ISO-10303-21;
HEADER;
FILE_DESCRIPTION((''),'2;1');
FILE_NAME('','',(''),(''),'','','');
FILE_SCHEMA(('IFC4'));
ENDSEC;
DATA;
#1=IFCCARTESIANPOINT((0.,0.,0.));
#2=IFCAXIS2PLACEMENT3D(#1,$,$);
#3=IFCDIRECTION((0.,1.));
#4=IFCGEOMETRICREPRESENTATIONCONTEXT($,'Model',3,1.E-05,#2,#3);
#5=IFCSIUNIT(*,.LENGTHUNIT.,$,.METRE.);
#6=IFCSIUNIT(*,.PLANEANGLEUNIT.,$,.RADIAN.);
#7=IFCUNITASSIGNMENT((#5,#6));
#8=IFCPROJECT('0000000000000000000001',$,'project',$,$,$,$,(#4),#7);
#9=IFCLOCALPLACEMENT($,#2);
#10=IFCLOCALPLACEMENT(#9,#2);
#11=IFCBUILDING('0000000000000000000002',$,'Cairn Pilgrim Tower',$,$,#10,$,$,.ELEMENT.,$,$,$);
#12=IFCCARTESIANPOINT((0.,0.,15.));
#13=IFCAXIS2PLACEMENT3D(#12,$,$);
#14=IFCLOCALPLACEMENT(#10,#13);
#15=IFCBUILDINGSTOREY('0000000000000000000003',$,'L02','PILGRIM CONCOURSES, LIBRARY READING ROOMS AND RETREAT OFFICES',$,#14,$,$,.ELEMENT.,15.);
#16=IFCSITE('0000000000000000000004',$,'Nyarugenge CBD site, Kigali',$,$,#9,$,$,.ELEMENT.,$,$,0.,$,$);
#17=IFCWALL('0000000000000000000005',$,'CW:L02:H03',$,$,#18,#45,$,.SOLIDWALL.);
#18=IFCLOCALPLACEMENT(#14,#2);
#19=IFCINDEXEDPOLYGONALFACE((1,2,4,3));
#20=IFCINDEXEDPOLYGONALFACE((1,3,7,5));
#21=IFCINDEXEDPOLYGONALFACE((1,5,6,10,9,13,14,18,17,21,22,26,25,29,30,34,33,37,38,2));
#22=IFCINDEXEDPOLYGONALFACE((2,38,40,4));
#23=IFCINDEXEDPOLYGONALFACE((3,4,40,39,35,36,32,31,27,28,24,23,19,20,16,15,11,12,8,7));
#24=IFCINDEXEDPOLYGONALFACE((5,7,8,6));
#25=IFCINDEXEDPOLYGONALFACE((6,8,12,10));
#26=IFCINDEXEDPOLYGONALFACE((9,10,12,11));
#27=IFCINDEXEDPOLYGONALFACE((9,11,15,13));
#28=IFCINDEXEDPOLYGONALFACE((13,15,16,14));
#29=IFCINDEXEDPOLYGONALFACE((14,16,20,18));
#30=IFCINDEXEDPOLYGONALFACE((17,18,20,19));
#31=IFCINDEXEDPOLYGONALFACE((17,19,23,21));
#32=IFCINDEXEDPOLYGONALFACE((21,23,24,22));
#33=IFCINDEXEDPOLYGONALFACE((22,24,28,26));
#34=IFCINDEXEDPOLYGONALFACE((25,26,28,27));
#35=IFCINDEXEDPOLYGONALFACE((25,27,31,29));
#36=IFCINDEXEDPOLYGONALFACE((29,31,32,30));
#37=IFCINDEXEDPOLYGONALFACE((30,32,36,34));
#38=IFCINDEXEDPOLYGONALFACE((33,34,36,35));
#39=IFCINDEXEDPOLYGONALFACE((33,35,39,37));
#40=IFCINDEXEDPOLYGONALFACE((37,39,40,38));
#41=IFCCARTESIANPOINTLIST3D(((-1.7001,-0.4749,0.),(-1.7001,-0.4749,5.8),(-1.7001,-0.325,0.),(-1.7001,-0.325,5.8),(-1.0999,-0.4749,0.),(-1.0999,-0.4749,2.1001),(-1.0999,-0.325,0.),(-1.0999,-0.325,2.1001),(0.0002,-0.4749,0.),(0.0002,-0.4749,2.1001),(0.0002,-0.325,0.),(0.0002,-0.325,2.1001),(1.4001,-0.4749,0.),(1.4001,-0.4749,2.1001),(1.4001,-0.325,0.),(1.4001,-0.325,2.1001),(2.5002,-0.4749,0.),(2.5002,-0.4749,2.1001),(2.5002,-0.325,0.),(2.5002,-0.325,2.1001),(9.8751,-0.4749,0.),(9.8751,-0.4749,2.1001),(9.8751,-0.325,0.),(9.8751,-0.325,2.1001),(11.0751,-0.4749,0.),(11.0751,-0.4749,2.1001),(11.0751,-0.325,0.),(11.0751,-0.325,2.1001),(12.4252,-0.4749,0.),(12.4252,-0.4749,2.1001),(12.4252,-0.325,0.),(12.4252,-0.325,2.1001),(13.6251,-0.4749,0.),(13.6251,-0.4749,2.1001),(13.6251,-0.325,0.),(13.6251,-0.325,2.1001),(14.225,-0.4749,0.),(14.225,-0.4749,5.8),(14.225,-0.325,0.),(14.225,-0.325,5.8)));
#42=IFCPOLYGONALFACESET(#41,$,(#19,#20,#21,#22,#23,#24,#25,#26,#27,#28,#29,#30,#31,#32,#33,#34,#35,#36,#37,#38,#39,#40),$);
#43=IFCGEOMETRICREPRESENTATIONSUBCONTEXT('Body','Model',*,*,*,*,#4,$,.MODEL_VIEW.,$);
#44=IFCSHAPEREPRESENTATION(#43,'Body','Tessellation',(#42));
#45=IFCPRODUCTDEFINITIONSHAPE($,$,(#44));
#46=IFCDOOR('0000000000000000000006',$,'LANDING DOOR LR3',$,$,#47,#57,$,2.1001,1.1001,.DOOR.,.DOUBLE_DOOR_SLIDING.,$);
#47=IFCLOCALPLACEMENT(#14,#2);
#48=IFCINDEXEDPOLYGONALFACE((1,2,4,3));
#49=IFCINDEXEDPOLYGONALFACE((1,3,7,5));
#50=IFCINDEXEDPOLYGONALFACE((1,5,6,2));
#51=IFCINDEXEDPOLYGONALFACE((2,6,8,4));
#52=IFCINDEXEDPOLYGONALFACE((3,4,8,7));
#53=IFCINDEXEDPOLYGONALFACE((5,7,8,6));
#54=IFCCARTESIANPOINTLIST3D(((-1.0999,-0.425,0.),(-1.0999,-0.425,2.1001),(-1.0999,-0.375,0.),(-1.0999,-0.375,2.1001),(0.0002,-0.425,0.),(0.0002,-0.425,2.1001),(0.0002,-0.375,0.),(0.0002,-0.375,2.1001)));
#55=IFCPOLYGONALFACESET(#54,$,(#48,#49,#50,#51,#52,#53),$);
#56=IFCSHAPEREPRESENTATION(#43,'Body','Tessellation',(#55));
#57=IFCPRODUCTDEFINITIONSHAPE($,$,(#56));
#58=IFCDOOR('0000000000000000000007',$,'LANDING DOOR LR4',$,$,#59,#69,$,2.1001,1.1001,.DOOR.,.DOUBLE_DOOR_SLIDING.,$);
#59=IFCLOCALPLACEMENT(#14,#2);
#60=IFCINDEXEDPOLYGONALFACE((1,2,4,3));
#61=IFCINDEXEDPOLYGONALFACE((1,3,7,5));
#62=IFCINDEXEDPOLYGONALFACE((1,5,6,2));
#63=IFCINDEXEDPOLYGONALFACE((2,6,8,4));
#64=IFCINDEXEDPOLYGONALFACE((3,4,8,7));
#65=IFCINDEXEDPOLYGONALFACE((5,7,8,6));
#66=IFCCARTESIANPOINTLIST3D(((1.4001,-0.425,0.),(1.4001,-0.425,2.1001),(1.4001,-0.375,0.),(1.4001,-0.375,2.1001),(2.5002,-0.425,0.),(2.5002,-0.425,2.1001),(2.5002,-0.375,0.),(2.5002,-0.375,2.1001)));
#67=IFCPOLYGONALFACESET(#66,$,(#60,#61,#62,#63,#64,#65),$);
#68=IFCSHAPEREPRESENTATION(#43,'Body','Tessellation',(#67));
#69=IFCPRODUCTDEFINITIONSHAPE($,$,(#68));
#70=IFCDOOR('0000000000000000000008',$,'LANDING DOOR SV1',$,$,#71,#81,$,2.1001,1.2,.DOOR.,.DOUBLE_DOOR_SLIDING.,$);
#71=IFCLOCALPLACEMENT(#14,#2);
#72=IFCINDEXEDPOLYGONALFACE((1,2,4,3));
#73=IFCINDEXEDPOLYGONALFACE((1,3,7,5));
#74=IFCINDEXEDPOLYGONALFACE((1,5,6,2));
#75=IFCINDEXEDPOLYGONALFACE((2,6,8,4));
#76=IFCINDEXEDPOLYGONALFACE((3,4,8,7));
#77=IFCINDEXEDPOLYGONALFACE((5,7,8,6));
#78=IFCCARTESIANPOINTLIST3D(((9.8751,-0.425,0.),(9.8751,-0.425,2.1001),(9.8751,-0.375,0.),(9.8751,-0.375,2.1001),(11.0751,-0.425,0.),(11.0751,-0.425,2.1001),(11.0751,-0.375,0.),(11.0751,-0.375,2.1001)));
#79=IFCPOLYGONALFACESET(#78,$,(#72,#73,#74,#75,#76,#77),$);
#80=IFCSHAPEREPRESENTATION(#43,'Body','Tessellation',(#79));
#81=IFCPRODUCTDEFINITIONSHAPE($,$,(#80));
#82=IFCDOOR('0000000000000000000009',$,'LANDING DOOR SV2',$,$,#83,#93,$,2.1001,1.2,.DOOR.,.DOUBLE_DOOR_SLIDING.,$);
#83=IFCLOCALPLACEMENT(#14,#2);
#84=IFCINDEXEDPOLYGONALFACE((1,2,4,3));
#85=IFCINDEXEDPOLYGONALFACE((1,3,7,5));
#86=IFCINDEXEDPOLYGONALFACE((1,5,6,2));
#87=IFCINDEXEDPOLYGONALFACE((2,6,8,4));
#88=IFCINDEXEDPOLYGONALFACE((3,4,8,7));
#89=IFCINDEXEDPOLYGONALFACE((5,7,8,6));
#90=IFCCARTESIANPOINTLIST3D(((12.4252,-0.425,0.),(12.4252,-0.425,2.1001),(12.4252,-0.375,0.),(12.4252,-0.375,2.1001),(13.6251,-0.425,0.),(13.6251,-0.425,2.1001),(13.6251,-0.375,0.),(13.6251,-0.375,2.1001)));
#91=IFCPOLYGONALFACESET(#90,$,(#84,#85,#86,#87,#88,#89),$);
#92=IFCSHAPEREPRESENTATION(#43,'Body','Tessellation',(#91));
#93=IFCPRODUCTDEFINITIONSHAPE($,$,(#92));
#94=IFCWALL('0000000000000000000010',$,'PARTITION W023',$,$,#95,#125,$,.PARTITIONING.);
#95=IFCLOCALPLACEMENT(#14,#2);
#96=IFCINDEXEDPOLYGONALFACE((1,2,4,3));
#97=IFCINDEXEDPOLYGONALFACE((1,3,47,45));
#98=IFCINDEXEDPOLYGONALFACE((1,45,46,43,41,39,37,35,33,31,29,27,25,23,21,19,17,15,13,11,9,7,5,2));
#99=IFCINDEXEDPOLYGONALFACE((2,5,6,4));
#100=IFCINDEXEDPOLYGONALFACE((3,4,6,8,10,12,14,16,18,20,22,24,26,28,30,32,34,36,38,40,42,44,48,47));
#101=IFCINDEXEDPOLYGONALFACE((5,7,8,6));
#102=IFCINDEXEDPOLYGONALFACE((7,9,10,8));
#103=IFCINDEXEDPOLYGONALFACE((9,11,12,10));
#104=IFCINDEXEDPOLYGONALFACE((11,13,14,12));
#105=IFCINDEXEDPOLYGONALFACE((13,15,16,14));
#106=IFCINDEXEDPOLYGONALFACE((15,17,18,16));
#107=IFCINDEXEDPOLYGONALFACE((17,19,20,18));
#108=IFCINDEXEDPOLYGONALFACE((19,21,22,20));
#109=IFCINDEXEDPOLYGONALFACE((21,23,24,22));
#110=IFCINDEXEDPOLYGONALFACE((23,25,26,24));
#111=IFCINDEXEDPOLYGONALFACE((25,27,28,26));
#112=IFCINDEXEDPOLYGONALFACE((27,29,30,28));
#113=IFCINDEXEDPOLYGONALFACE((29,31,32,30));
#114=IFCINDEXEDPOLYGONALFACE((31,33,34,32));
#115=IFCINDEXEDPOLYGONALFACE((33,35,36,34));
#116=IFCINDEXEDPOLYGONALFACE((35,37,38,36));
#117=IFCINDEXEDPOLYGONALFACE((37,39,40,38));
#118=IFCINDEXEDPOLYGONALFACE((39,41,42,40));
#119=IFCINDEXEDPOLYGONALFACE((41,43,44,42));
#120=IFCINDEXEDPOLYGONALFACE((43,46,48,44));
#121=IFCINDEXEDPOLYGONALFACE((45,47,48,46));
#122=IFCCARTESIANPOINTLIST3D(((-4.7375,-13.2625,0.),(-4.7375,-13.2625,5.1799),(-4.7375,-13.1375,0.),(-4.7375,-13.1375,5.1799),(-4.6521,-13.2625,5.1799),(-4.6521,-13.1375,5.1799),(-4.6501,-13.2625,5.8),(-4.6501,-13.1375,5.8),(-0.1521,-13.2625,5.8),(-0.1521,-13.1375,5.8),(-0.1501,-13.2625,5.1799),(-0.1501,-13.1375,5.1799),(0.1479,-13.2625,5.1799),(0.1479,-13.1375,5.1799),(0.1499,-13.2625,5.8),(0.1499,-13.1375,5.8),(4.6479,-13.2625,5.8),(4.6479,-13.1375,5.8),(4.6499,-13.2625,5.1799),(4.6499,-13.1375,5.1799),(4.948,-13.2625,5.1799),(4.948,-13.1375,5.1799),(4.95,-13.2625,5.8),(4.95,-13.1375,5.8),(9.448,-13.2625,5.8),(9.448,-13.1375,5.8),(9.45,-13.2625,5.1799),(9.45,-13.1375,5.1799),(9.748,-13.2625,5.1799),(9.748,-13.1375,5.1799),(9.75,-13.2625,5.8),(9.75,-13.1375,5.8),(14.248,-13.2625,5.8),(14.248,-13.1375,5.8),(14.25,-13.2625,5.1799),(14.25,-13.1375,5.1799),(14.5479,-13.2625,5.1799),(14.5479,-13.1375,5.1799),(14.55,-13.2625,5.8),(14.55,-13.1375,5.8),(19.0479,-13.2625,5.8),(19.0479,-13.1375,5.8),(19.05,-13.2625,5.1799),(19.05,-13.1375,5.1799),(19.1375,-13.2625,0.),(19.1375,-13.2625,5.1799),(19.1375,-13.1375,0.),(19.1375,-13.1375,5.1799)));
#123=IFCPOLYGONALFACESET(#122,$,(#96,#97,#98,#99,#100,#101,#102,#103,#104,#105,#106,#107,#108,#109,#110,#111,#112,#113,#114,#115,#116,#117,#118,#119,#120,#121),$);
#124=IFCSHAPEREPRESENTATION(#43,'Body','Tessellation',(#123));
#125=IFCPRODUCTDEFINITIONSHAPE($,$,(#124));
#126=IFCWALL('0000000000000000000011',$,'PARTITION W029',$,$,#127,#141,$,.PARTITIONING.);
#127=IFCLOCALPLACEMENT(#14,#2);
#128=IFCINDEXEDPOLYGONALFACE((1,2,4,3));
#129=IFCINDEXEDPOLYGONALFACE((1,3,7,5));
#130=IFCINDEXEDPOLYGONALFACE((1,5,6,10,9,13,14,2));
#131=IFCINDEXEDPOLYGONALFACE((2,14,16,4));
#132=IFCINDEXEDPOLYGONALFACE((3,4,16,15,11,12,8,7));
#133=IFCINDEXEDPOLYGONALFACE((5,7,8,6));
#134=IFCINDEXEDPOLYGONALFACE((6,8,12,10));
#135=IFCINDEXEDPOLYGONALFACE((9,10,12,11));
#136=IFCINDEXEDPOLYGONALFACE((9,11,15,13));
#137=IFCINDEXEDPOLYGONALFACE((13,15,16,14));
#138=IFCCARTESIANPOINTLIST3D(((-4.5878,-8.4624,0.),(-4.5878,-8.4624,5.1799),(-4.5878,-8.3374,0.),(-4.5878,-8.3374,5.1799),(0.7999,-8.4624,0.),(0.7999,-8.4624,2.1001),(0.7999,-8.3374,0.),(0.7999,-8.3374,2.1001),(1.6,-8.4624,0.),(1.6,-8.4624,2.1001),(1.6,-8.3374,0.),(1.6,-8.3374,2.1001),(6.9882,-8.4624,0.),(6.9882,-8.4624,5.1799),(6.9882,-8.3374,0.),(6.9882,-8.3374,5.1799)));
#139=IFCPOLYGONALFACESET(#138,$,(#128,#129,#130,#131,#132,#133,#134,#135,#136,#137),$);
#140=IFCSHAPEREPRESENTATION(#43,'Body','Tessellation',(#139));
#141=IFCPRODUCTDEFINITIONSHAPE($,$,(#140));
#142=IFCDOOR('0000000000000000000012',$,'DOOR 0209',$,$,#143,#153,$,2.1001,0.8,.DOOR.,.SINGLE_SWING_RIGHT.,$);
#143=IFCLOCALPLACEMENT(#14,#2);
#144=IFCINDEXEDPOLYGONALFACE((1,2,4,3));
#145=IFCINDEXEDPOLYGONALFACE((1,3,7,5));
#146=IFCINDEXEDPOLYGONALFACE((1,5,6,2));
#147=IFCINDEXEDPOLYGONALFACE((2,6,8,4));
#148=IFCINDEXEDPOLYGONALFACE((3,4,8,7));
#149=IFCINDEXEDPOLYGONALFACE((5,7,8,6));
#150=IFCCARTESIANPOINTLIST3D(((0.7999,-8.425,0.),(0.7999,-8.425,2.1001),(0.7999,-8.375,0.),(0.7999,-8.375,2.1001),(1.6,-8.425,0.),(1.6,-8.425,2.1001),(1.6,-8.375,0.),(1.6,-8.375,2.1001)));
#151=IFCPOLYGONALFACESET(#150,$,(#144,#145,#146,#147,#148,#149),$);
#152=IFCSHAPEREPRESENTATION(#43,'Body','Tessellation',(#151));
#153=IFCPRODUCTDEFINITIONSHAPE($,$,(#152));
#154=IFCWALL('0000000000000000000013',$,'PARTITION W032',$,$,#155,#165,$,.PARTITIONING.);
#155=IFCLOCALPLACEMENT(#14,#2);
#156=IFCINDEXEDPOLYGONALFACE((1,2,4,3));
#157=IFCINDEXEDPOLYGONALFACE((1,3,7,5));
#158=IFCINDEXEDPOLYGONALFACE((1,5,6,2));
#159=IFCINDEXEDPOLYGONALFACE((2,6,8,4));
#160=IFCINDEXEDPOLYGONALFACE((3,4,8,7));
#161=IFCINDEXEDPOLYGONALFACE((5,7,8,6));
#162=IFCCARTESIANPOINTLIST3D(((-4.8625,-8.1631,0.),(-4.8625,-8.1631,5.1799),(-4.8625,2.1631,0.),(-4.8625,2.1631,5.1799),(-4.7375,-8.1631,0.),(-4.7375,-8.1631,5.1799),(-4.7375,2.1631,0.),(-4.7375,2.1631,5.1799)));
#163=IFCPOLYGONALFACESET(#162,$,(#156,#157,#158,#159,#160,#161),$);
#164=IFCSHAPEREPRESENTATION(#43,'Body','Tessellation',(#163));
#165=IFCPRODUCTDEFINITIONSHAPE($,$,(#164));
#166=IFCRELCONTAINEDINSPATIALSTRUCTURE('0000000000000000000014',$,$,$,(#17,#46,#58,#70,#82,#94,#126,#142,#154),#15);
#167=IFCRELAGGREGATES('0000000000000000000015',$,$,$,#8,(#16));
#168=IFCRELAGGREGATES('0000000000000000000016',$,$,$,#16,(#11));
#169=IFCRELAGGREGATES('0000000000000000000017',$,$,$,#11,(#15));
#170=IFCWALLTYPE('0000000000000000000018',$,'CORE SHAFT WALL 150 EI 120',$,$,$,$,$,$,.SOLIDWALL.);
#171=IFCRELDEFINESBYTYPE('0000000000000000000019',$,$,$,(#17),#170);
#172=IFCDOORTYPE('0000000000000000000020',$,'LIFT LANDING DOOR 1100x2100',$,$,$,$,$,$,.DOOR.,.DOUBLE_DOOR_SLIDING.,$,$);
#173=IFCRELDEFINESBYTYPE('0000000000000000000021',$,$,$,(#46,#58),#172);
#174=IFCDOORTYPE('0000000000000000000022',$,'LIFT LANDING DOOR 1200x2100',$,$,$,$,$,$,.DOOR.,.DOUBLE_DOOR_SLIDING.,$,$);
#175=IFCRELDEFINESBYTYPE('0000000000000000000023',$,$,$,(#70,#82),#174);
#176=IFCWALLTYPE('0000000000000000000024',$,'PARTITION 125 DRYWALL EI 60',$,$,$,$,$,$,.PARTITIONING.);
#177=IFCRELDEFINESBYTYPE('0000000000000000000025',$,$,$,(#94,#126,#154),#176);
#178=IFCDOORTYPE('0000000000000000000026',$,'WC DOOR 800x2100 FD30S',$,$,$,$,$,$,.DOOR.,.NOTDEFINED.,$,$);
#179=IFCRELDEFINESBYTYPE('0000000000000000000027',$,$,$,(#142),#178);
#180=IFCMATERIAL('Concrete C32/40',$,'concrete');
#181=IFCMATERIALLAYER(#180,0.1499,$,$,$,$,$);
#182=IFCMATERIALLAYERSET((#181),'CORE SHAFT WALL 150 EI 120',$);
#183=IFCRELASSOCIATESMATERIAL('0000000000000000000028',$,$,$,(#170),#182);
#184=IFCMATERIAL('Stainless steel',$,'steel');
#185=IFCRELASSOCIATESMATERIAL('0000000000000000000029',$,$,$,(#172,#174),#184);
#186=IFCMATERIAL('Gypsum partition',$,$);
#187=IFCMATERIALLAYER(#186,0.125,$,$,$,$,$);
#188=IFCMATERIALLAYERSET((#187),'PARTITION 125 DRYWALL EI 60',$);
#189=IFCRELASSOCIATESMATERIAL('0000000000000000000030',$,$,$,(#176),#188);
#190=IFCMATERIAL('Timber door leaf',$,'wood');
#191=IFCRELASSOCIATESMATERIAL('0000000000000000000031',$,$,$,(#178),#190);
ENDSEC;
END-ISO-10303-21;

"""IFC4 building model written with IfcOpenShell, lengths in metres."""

from ifc_helpers import new_model, si_unit, direction, frame, frame_2d, origin, place, context, subcontext, project, spatial, polyline, rectangle, outline, extrude, material, layer, layer_set, type_object, element, fill, save


model = new_model("IFC4")

# Units and contexts
model_context = context("Model", 3, precision=1e-05, world=origin(), true_north=direction((0.0, 1.0)))
body_context = subcontext(model_context, "Body", "Model", "MODEL_VIEW")
ifc_project = project(units=[si_unit("LENGTHUNIT", "METRE"), si_unit("PLANEANGLEUNIT", "RADIAN")], contexts=[model_context])

# Site, building, storey
site_placement = place(None, origin())
site = spatial("IfcSite", under=ifc_project, at=site_placement, Name="Nyarugenge CBD site, Kigali", CompositionType="ELEMENT", RefElevation=0.0)
building_placement = place(site_placement, origin())
building = spatial("IfcBuilding", under=site, at=building_placement, Name="Cairn Pilgrim Tower", CompositionType="ELEMENT")
storey_placement = place(building_placement, frame((0.0, 0.0, 15.0)))
storey = spatial("IfcBuildingStorey", under=building, at=storey_placement, Name="L02", Description="PILGRIM CONCOURSES, LIBRARY READING ROOMS AND RETREAT OFFICES", CompositionType="ELEMENT", Elevation=15.0)

# Shared definitions
ifc_material_1 = material(Name="Concrete C32/40", Category="concrete")

# Wall, openings, doors
ifc_layer_1 = layer(ifc_material_1, 0.1499)
ifc_layer_set_1 = layer_set([ifc_layer_1], Name="CORE SHAFT WALL 150 EI 120")
wall_type_1 = type_object("IfcWallType", Name="CORE SHAFT WALL 150 EI 120", PredefinedType="SOLIDWALL", material=ifc_layer_set_1)
ifc_material_2 = material(Name="Stainless steel", Category="steel")
door_type_1 = type_object("IfcDoorType", Name="LIFT LANDING DOOR 1100x2100", OperationType="DOUBLE_DOOR_SLIDING", PredefinedType="DOOR", material=ifc_material_2)
wall_1_placement = place(storey_placement, frame((-1.7, -0.3999, 0.0), z_axis=(0.0, 0.0, 1.0), x_axis=(1.0, 0.0, 0.0)))
wall_1 = element("IfcWall", 1, at=wall_1_placement, inside=storey, type_object=wall_type_1, Name="CW:L02:H03", PredefinedType="SOLIDWALL", context=body_context, shape_type="SweptSolid", body=[
    extrude(rectangle(XDim=15.925, YDim=0.1499, at=frame_2d((7.9624, 0.0))), origin(), (0.0, 0.0, 1.0), 5.8),
])
opening_1_placement = place(wall_1_placement, frame((0.6001, 0.0, 0.0)))
opening_1 = element("IfcOpeningElement", 2, at=opening_1_placement, cuts=wall_1, PredefinedType="OPENING", context=body_context, shape_type="SweptSolid", body=[
    extrude(rectangle(XDim=1.1001, YDim=2.1001, at=frame_2d((0.55, 1.05))), frame((0.0, 0.085, 0.0), z_axis=(0.0, -1.0, 0.0), x_axis=(1.0, 0.0, 0.0)), (0.0, 0.0, 1.0), 0.1699),
])
opening_2_placement = place(wall_1_placement, frame((3.1001, 0.0, 0.0)))
opening_2 = element("IfcOpeningElement", 3, at=opening_2_placement, cuts=wall_1, PredefinedType="OPENING", context=body_context, shape_type="SweptSolid", body=[
    extrude(rectangle(XDim=1.1001, YDim=2.1001, at=frame_2d((0.55, 1.05))), frame((0.0, 0.085, 0.0), z_axis=(0.0, -1.0, 0.0), x_axis=(1.0, 0.0, 0.0)), (0.0, 0.0, 1.0), 0.1699),
])
opening_3_placement = place(wall_1_placement, frame((11.575, 0.0, 0.0)))
opening_3 = element("IfcOpeningElement", 4, at=opening_3_placement, cuts=wall_1, PredefinedType="OPENING", context=body_context, shape_type="SweptSolid", body=[
    extrude(rectangle(XDim=1.2, YDim=2.1001, at=frame_2d((0.6001, 1.05))), frame((0.0, 0.085, 0.0), z_axis=(0.0, -1.0, 0.0), x_axis=(1.0, 0.0, 0.0)), (0.0, 0.0, 1.0), 0.1699),
])
opening_4_placement = place(wall_1_placement, frame((14.125, 0.0, 0.0)))
opening_4 = element("IfcOpeningElement", 5, at=opening_4_placement, cuts=wall_1, PredefinedType="OPENING", context=body_context, shape_type="SweptSolid", body=[
    extrude(rectangle(XDim=1.2, YDim=2.1001, at=frame_2d((0.6001, 1.05))), frame((0.0, 0.085, 0.0), z_axis=(0.0, -1.0, 0.0), x_axis=(1.0, 0.0, 0.0)), (0.0, 0.0, 1.0), 0.1699),
])
door_1_placement = place(opening_1_placement, origin())
door_1 = element("IfcDoor", 6, at=door_1_placement, inside=storey, type_object=door_type_1, Name="LANDING DOOR LR3", OperationType="DOUBLE_DOOR_SLIDING", OverallHeight=2.1001, OverallWidth=1.1001, PredefinedType="DOOR", context=body_context, shape_type="SweptSolid", body=[
    extrude(rectangle(XDim=1.1001, YDim=2.1001, at=frame_2d((0.55, 1.05))), frame((0.0, 0.0249, 0.0), z_axis=(0.0, -1.0, 0.0), x_axis=(1.0, 0.0, 0.0)), (0.0, 0.0, 1.0), 0.05),
])
fill(opening_1, door_1)
door_2_placement = place(opening_2_placement, origin())
door_2 = element("IfcDoor", 7, at=door_2_placement, inside=storey, type_object=door_type_1, Name="LANDING DOOR LR4", OperationType="DOUBLE_DOOR_SLIDING", OverallHeight=2.1001, OverallWidth=1.1001, PredefinedType="DOOR", context=body_context, shape_type="SweptSolid", body=[
    extrude(rectangle(XDim=1.1001, YDim=2.1001, at=frame_2d((0.55, 1.05))), frame((0.0, 0.0249, 0.0), z_axis=(0.0, -1.0, 0.0), x_axis=(1.0, 0.0, 0.0)), (0.0, 0.0, 1.0), 0.05),
])
fill(opening_2, door_2)
door_type_2 = type_object("IfcDoorType", Name="LIFT LANDING DOOR 1200x2100", OperationType="DOUBLE_DOOR_SLIDING", PredefinedType="DOOR", material=ifc_material_2)
door_3_placement = place(opening_3_placement, origin())
door_3 = element("IfcDoor", 8, at=door_3_placement, inside=storey, type_object=door_type_2, Name="LANDING DOOR SV1", OperationType="DOUBLE_DOOR_SLIDING", OverallHeight=2.1001, OverallWidth=1.2, PredefinedType="DOOR", context=body_context, shape_type="SweptSolid", body=[
    extrude(rectangle(XDim=1.2, YDim=2.1001, at=frame_2d((0.6001, 1.05))), frame((0.0, 0.0249, 0.0), z_axis=(0.0, -1.0, 0.0), x_axis=(1.0, 0.0, 0.0)), (0.0, 0.0, 1.0), 0.05),
])
fill(opening_3, door_3)
door_4_placement = place(opening_4_placement, origin())
door_4 = element("IfcDoor", 9, at=door_4_placement, inside=storey, type_object=door_type_2, Name="LANDING DOOR SV2", OperationType="DOUBLE_DOOR_SLIDING", OverallHeight=2.1001, OverallWidth=1.2, PredefinedType="DOOR", context=body_context, shape_type="SweptSolid", body=[
    extrude(rectangle(XDim=1.2, YDim=2.1001, at=frame_2d((0.6001, 1.05))), frame((0.0, 0.0249, 0.0), z_axis=(0.0, -1.0, 0.0), x_axis=(1.0, 0.0, 0.0)), (0.0, 0.0, 1.0), 0.05),
])
fill(opening_4, door_4)

# Wall
ifc_material_3 = material(Name="Gypsum partition")
ifc_layer_2 = layer(ifc_material_3, 0.125)
ifc_layer_set_2 = layer_set([ifc_layer_2], Name="PARTITION 125 DRYWALL EI 60")
wall_type_2 = type_object("IfcWallType", Name="PARTITION 125 DRYWALL EI 60", PredefinedType="PARTITIONING", material=ifc_layer_set_2)
wall_2_placement = place(storey_placement, frame((-4.7375, -13.2, 0.0), z_axis=(0.0, 0.0, 1.0), x_axis=(1.0, 0.0, 0.0)))
element("IfcWall", 10, at=wall_2_placement, inside=storey, type_object=wall_type_2, Name="PARTITION W023", PredefinedType="PARTITIONING", context=body_context, shape_type="SweptSolid", body=[
    extrude(outline(polyline([(0.0, 0.0), (23.875, 0.0), (23.875, 5.1799), (23.7876, 5.1799), (23.7854, 5.8), (19.2876, 5.8), (19.2854, 5.1799), (18.9875, 5.1799), (18.9856, 5.8), (14.4875, 5.8), (14.4856, 5.1799), (14.1875, 5.1799), (14.1855, 5.8), (9.6875, 5.8), (9.6855, 5.1799), (9.3875, 5.1799), (9.3855, 5.8), (4.8875, 5.8), (4.8855, 5.1799), (4.5874, 5.1799), (4.5854, 5.8), (0.0874, 5.8), (0.0854, 5.1799), (0.0, 5.1799), (0.0, 0.0)])), frame((0.0, 0.0625, 0.0), z_axis=(0.0, -1.0, 0.0), x_axis=(1.0, 0.0, 0.0)), (0.0, 0.0, 1.0), 0.125),
])

# Wall, opening, door
wall_3_placement = place(storey_placement, frame((-4.5879, -8.3999, 0.0), z_axis=(0.0, 0.0, 1.0), x_axis=(1.0, 0.0, 0.0)))
wall_3 = element("IfcWall", 11, at=wall_3_placement, inside=storey, type_object=wall_type_2, Name="PARTITION W029", PredefinedType="PARTITIONING", context=body_context, shape_type="SweptSolid", body=[
    extrude(rectangle(XDim=11.5759, YDim=0.125, at=frame_2d((5.7881, 0.0))), origin(), (0.0, 0.0, 1.0), 5.1799),
])
opening_5_placement = place(wall_3_placement, frame((5.3879, 0.0, 0.0)))
opening_5 = element("IfcOpeningElement", 12, at=opening_5_placement, cuts=wall_3, PredefinedType="OPENING", context=body_context, shape_type="SweptSolid", body=[
    extrude(rectangle(XDim=0.8, YDim=2.1001, at=frame_2d((0.3999, 1.05))), frame((0.0, 0.0725, 0.0), z_axis=(0.0, -1.0, 0.0), x_axis=(1.0, 0.0, 0.0)), (0.0, 0.0, 1.0), 0.145),
])
ifc_material_4 = material(Name="Timber door leaf", Category="wood")
door_type_3 = type_object("IfcDoorType", Name="WC DOOR 800x2100 FD30S", OperationType="NOTDEFINED", PredefinedType="DOOR", material=ifc_material_4)
door_5_placement = place(opening_5_placement, origin())
door_5 = element("IfcDoor", 13, at=door_5_placement, inside=storey, type_object=door_type_3, Name="DOOR 0209", OperationType="SINGLE_SWING_RIGHT", OverallHeight=2.1001, OverallWidth=0.8, PredefinedType="DOOR", context=body_context, shape_type="SweptSolid", body=[
    extrude(rectangle(XDim=0.8, YDim=2.1001, at=frame_2d((0.3999, 1.05))), frame((0.0, 0.0249, 0.0), z_axis=(0.0, -1.0, 0.0), x_axis=(1.0, 0.0, 0.0)), (0.0, 0.0, 1.0), 0.05),
])
fill(opening_5, door_5)

# Wall
wall_4_placement = place(storey_placement, frame((-4.8, -8.1631, 0.0), z_axis=(0.0, 0.0, 1.0), x_axis=(0.0, 1.0, 0.0)))
element("IfcWall", 14, at=wall_4_placement, inside=storey, type_object=wall_type_2, Name="PARTITION W032", PredefinedType="PARTITIONING", context=body_context, shape_type="SweptSolid", body=[
    extrude(rectangle(XDim=10.3262, YDim=0.125, at=frame_2d((5.1631, 0.0))), origin(), (0.0, 0.0, 1.0), 5.1799),
])

save(model, "model.ifc")
